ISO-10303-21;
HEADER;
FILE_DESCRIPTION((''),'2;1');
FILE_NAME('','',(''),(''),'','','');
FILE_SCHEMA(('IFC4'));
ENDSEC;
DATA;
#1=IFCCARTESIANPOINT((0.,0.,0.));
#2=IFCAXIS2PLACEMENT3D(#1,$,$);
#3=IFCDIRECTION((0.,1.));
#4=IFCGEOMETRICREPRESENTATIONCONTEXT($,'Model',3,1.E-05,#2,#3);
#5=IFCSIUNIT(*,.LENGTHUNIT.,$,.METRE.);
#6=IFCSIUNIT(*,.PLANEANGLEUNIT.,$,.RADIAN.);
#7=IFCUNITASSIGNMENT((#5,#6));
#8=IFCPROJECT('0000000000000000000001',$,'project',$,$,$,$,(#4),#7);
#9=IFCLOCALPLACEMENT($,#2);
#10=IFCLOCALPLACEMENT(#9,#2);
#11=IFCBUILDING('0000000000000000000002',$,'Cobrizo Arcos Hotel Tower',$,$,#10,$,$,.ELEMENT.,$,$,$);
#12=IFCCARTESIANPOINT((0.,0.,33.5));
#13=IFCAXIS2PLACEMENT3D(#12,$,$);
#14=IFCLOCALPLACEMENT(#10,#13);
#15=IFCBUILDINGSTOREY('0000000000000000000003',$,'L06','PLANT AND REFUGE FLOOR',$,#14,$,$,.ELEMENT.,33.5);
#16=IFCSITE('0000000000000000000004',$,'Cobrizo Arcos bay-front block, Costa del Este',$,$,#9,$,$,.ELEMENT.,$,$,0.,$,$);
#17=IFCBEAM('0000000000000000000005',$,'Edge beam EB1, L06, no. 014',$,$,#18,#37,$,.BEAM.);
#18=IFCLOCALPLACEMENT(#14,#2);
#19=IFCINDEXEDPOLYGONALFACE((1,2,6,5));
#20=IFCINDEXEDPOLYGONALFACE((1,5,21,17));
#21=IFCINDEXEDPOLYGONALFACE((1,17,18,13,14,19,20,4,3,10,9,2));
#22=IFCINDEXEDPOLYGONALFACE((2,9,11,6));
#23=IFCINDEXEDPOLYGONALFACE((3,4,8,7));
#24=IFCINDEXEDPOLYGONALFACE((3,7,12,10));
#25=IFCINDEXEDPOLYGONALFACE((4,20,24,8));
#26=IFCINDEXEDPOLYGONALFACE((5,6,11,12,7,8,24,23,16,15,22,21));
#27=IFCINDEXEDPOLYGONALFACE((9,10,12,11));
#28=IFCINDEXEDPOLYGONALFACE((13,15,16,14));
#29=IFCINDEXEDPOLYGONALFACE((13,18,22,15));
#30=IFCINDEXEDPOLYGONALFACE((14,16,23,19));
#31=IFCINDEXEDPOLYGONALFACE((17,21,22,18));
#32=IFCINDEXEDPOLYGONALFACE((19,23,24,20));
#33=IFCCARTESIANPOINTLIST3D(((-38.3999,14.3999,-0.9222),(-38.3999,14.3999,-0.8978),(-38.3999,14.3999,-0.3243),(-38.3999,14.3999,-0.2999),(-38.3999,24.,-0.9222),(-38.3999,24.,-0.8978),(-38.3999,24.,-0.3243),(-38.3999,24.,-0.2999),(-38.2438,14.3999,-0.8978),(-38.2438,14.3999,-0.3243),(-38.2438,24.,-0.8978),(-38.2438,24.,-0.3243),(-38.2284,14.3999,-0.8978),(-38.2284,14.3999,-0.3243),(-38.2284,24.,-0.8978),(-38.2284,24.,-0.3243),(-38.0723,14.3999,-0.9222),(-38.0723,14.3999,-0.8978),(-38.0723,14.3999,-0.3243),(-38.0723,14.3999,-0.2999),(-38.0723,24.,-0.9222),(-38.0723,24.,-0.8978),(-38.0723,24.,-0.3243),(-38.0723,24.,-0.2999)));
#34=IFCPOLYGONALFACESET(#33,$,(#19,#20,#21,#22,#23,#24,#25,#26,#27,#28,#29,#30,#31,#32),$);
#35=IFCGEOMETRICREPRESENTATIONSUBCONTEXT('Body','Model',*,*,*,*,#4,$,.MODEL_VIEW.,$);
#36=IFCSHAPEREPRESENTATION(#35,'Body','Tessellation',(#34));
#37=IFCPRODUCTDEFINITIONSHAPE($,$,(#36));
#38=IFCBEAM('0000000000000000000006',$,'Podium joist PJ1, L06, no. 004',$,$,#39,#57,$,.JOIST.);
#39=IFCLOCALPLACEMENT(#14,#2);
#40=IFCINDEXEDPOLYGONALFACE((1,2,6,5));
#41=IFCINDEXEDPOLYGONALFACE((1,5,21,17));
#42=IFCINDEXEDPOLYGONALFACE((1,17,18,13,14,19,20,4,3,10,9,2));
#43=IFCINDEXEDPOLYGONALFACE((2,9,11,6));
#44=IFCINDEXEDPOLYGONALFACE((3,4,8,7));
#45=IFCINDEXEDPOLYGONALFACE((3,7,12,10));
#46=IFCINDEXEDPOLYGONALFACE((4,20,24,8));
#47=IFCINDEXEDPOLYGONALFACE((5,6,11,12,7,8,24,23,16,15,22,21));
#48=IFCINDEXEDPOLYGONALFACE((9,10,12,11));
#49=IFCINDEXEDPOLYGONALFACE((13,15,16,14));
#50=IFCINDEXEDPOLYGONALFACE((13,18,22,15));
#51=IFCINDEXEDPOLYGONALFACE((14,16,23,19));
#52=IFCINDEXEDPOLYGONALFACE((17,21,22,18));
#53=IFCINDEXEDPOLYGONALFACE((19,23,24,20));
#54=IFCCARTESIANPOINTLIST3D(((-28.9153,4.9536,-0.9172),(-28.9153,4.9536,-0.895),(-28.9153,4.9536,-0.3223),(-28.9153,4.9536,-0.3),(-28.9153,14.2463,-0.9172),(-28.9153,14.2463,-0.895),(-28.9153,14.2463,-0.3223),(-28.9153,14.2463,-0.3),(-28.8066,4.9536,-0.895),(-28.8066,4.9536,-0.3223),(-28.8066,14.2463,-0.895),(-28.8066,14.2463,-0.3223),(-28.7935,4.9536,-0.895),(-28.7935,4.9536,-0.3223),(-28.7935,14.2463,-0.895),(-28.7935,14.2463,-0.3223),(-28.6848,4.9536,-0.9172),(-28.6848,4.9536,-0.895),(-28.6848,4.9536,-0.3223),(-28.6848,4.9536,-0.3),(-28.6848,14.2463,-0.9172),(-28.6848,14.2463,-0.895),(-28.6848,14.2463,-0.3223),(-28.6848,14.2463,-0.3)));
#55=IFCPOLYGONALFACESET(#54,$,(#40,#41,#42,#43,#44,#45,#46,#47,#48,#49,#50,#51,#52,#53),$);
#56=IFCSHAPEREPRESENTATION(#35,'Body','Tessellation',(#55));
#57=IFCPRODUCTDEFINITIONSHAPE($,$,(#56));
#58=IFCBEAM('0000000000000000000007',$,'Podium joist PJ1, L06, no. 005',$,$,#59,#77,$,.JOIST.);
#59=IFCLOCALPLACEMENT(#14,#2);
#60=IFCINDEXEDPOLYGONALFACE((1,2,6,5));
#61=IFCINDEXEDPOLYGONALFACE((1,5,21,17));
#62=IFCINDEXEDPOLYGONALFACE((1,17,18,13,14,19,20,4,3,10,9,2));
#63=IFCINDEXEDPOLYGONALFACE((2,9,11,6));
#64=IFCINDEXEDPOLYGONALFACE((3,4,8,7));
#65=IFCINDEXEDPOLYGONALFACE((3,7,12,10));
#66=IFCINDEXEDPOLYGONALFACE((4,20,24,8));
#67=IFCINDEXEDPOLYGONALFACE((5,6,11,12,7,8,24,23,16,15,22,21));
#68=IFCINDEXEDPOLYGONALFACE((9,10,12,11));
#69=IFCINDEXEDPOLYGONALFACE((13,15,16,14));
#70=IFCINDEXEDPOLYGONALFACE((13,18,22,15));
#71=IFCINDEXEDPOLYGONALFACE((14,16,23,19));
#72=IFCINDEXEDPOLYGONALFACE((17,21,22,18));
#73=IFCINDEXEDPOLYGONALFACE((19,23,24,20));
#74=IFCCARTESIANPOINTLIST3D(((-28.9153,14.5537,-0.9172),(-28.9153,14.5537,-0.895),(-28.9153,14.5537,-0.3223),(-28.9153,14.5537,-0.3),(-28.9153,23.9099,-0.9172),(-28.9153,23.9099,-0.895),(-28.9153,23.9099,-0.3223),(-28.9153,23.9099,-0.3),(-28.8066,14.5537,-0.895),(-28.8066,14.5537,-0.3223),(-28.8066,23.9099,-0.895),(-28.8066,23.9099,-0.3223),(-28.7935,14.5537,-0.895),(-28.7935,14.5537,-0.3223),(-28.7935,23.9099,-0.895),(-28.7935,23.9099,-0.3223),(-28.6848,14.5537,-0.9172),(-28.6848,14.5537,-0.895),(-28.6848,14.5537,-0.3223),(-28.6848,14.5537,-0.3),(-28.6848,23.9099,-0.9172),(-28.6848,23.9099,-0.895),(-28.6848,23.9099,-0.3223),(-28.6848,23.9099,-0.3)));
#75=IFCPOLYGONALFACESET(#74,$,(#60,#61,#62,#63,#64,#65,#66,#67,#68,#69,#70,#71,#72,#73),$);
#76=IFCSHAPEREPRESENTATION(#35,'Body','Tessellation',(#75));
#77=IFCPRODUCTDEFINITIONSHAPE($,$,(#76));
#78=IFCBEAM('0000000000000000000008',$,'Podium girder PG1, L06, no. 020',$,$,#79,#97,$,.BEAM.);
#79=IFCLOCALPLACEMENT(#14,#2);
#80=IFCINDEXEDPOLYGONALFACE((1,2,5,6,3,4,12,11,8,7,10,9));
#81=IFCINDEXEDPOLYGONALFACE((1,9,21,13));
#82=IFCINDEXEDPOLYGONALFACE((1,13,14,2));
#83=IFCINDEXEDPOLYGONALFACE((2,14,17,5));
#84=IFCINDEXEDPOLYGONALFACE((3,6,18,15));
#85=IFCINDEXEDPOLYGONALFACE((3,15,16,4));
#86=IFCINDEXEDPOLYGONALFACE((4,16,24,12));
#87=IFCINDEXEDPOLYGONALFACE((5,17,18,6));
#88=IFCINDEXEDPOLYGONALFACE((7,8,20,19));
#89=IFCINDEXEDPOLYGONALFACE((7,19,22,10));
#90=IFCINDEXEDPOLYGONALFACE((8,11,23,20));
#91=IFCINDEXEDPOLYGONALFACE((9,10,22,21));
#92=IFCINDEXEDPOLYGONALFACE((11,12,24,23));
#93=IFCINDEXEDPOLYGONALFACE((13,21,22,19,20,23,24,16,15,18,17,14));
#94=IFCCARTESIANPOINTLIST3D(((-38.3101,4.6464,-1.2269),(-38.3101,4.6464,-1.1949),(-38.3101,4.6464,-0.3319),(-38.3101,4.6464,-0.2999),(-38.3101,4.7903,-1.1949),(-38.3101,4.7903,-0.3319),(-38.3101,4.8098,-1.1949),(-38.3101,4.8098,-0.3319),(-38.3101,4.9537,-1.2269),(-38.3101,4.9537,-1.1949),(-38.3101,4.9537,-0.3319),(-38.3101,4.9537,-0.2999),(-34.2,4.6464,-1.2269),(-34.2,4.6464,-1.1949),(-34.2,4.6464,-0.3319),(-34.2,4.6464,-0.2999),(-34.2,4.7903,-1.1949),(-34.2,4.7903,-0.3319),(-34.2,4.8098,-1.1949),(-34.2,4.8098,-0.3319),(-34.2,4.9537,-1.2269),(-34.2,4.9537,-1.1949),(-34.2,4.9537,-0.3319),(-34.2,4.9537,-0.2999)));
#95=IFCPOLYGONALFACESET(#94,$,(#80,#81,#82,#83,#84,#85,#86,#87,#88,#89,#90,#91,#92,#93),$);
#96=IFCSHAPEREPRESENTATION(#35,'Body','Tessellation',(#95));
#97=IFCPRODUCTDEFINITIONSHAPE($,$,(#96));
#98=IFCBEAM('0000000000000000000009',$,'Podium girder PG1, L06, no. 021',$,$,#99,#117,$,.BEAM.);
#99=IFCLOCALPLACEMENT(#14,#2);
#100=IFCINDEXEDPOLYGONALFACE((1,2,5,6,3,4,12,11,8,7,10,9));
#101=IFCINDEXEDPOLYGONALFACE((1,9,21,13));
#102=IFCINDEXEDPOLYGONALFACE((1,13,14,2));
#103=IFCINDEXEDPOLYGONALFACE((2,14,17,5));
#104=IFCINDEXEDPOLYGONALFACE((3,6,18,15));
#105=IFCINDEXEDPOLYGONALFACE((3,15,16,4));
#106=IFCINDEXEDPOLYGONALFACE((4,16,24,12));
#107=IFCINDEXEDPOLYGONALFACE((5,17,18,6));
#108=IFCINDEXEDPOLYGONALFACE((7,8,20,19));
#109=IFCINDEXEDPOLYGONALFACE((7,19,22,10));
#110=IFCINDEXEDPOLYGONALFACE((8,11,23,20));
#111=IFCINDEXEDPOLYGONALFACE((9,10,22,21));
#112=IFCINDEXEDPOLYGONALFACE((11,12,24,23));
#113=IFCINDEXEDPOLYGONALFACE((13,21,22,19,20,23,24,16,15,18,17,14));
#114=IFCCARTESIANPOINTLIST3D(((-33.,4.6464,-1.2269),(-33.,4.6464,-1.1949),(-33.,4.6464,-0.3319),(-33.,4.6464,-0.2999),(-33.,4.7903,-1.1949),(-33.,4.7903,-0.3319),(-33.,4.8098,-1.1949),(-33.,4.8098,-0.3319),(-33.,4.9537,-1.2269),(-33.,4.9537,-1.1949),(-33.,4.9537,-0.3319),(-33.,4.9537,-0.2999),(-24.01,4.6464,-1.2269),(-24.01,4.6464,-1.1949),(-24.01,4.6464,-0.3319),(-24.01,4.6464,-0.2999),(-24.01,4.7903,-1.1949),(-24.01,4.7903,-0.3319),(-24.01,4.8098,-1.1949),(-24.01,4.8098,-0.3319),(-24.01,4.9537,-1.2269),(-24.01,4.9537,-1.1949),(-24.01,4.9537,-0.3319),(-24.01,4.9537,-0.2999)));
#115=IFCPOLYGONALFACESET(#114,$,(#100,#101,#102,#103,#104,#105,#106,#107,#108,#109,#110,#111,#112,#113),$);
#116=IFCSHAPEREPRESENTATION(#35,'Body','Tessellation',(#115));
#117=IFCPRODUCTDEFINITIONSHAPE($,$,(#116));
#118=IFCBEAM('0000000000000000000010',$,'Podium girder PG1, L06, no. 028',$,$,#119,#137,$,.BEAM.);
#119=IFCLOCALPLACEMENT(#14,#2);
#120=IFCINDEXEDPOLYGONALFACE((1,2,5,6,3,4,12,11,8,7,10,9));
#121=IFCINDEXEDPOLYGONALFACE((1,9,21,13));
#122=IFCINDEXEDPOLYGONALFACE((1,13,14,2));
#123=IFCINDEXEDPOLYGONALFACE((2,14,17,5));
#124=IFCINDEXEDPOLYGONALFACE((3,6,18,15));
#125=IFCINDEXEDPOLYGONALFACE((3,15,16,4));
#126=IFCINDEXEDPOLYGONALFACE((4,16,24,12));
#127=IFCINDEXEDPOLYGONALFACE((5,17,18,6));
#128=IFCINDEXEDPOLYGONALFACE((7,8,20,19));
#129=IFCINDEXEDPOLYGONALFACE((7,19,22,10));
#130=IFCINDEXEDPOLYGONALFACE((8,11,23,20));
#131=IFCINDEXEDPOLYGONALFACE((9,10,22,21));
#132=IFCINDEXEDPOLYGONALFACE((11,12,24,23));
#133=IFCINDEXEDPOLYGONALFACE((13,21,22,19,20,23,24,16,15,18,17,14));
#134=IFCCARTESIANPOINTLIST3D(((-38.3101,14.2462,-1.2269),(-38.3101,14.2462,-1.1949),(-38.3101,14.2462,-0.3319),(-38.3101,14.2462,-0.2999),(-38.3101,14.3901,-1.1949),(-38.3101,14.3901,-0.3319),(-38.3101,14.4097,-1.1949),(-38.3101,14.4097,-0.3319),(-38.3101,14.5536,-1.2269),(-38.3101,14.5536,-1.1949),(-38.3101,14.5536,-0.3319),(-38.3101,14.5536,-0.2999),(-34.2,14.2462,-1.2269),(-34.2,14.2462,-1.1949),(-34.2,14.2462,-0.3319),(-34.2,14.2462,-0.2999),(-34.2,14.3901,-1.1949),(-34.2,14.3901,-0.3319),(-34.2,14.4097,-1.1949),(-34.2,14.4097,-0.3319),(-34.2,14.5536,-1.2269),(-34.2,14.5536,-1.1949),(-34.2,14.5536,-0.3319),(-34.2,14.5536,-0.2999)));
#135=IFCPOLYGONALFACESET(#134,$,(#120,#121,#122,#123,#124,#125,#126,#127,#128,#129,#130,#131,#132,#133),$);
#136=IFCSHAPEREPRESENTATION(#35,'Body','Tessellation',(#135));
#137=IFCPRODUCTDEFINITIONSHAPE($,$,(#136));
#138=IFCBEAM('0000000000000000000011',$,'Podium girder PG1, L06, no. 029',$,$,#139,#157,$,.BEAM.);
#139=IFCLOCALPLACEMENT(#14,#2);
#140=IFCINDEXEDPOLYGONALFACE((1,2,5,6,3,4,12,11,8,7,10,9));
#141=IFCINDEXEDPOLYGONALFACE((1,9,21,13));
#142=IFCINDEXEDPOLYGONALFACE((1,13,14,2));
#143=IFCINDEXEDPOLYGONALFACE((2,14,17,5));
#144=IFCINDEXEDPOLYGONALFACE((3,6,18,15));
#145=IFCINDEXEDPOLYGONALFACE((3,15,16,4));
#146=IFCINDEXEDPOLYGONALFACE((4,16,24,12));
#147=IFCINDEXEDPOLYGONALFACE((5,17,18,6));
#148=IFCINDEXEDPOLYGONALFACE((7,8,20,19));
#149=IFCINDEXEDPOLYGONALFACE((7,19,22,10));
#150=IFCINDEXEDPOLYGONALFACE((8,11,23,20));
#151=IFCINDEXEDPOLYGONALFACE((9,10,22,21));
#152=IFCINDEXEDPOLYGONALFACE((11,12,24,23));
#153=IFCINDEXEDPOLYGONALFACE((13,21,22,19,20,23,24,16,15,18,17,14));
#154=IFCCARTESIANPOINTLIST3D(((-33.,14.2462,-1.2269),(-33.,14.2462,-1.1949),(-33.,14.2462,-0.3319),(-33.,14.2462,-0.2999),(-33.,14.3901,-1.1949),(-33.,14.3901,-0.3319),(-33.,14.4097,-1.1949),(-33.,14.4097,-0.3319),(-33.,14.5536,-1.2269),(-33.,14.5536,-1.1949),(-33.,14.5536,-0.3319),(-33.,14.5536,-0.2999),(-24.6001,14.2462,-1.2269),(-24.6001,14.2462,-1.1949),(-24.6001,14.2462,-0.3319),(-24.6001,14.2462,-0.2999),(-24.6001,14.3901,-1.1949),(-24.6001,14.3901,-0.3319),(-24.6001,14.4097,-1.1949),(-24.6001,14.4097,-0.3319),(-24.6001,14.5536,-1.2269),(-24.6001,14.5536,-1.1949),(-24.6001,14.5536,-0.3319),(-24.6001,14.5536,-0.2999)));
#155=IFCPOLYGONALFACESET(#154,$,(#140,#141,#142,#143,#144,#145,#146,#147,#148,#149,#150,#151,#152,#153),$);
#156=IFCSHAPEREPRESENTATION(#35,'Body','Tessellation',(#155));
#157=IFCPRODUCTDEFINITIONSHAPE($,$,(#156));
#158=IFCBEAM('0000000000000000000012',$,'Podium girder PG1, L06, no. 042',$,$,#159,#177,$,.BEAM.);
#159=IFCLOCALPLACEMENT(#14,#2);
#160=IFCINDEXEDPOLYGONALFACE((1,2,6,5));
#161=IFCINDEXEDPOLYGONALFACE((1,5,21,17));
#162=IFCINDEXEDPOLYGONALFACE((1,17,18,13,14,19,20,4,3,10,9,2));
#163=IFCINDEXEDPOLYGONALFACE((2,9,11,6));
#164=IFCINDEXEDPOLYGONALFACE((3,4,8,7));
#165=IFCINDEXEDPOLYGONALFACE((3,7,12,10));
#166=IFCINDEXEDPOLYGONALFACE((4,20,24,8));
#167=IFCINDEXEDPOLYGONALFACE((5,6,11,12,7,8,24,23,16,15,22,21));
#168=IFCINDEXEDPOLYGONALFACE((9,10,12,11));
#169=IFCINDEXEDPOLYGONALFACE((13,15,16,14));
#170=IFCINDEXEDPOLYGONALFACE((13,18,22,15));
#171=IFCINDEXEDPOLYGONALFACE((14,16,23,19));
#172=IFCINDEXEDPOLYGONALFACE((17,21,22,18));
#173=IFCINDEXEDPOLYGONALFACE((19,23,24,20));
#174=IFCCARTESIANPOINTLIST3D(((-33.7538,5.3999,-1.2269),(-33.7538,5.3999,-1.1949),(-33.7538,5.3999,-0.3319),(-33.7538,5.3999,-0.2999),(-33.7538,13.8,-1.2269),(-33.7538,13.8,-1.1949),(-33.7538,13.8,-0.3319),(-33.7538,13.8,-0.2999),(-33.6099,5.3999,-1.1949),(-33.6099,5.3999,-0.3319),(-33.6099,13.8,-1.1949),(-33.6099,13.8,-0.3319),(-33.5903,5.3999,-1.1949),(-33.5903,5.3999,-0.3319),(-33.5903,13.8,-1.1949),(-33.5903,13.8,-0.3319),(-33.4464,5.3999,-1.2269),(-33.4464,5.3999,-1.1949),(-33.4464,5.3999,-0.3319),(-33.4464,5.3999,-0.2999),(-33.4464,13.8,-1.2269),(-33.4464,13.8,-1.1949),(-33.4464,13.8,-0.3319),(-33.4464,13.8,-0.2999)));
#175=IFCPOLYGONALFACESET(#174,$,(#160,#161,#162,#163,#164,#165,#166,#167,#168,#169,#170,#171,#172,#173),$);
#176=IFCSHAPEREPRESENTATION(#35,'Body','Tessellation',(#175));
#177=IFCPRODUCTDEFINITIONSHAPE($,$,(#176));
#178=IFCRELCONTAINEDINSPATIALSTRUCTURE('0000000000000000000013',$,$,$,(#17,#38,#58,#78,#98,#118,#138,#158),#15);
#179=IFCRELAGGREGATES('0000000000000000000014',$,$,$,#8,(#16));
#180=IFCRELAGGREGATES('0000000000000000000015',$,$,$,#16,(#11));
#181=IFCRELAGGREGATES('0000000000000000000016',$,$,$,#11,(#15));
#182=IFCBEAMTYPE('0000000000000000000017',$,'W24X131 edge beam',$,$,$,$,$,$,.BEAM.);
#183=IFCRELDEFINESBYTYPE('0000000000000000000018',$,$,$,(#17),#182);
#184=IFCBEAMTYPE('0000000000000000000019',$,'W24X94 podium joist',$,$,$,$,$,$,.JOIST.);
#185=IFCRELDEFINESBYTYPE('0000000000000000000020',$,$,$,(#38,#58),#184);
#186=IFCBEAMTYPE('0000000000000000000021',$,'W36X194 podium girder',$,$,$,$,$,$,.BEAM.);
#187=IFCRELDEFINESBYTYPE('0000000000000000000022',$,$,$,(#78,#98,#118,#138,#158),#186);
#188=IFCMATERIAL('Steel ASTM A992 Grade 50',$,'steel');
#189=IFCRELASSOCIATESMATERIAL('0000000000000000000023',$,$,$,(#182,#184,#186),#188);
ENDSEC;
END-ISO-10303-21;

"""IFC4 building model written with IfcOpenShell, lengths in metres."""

from ifc_helpers import new_model, si_unit, direction, frame, origin, origin_2d, place, context, subcontext, project, spatial, i_section, extrude, material, material_profile, profile_set, type_object, element, save


model = new_model("IFC4")

# Units and contexts
model_context = context("Model", 3, precision=1e-05, world=origin(), true_north=direction((0.0, 1.0)))
body_context = subcontext(model_context, "Body", "Model", "MODEL_VIEW")
ifc_project = project(units=[si_unit("LENGTHUNIT", "METRE"), si_unit("PLANEANGLEUNIT", "RADIAN")], contexts=[model_context])

# Site, building, storey
site_placement = place(None, origin())
site = spatial("IfcSite", under=ifc_project, at=site_placement, Name="Cobrizo Arcos bay-front block, Costa del Este", CompositionType="ELEMENT", RefElevation=0.0)
building_placement = place(site_placement, origin())
building = spatial("IfcBuilding", under=site, at=building_placement, Name="Cobrizo Arcos Hotel Tower", CompositionType="ELEMENT")
storey_placement = place(building_placement, frame((0.0, 0.0, 33.5)))
storey = spatial("IfcBuildingStorey", under=building, at=storey_placement, Name="L06", Description="PLANT AND REFUGE FLOOR", CompositionType="ELEMENT", Elevation=33.5)

# Beams
ifc_material_1 = material(Name="Steel ASTM A992 Grade 50", Category="steel")
ifc_material_profile_1 = material_profile(ifc_material_1, i_section(OverallWidth=0.3276, OverallDepth=0.6223, WebThickness=0.0154, FlangeThickness=0.0244, at=origin_2d()), Name="W24X131")
ifc_profile_set_1 = profile_set([ifc_material_profile_1], Name="Steel ASTM A992 Grade 50")
beam_type_1 = type_object("IfcBeamType", Name="W24X131 edge beam", PredefinedType="BEAM", material=ifc_profile_set_1)
beam_1_placement = place(storey_placement, frame((-38.2361, 14.3999, -0.6111), z_axis=(0.0, 1.0, 0.0), x_axis=(-1.0, 0.0, 0.0)))
element("IfcBeam", 1, at=beam_1_placement, inside=storey, type_object=beam_type_1, Name="Edge beam EB1, L06, no. 014", PredefinedType="BEAM", context=body_context, shape_type="SweptSolid", body=[
    extrude(i_section(OverallWidth=0.3276, OverallDepth=0.6223, WebThickness=0.0154, FlangeThickness=0.0244, at=origin_2d()), origin(), (0.0, 0.0, 1.0), 9.6001),
])
ifc_material_profile_2 = material_profile(ifc_material_1, i_section(OverallWidth=0.2305, OverallDepth=0.6172, WebThickness=0.0132, FlangeThickness=0.0222, at=origin_2d()), Name="W24X94")
ifc_profile_set_2 = profile_set([ifc_material_profile_2], Name="Steel ASTM A992 Grade 50")
beam_type_2 = type_object("IfcBeamType", Name="W24X94 podium joist", PredefinedType="JOIST", material=ifc_profile_set_2)
beam_2_placement = place(storey_placement, frame((-28.8, 4.9536, -0.6086), z_axis=(0.0, 1.0, 0.0), x_axis=(-1.0, 0.0, 0.0)))
element("IfcBeam", 2, at=beam_2_placement, inside=storey, type_object=beam_type_2, Name="Podium joist PJ1, L06, no. 004", PredefinedType="JOIST", context=body_context, shape_type="SweptSolid", body=[
    extrude(i_section(OverallWidth=0.2305, OverallDepth=0.6172, WebThickness=0.0132, FlangeThickness=0.0222, at=origin_2d()), origin(), (0.0, 0.0, 1.0), 9.2927),
])
beam_3_placement = place(storey_placement, frame((-28.8, 14.5537, -0.6086), z_axis=(0.0, 1.0, 0.0), x_axis=(-1.0, 0.0, 0.0)))
element("IfcBeam", 3, at=beam_3_placement, inside=storey, type_object=beam_type_2, Name="Podium joist PJ1, L06, no. 005", PredefinedType="JOIST", context=body_context, shape_type="SweptSolid", body=[
    extrude(i_section(OverallWidth=0.2305, OverallDepth=0.6172, WebThickness=0.0132, FlangeThickness=0.0222, at=origin_2d()), origin(), (0.0, 0.0, 1.0), 9.3562),
])
ifc_material_profile_3 = material_profile(ifc_material_1, i_section(OverallWidth=0.3074, OverallDepth=0.927, WebThickness=0.0195, FlangeThickness=0.032, at=origin_2d()), Name="W36X194")
ifc_profile_set_3 = profile_set([ifc_material_profile_3], Name="Steel ASTM A992 Grade 50")
beam_type_3 = type_object("IfcBeamType", Name="W36X194 podium girder", PredefinedType="BEAM", material=ifc_profile_set_3)
beam_4_placement = place(storey_placement, frame((-38.3101, 4.8, -0.7634), z_axis=(1.0, 0.0, 0.0), x_axis=(0.0, 1.0, 0.0)))
element("IfcBeam", 4, at=beam_4_placement, inside=storey, type_object=beam_type_3, Name="Podium girder PG1, L06, no. 020", PredefinedType="BEAM", context=body_context, shape_type="SweptSolid", body=[
    extrude(i_section(OverallWidth=0.3074, OverallDepth=0.927, WebThickness=0.0195, FlangeThickness=0.032, at=origin_2d()), origin(), (0.0, 0.0, 1.0), 4.1101),
])
beam_5_placement = place(storey_placement, frame((-33.0, 4.8, -0.7634), z_axis=(1.0, 0.0, 0.0), x_axis=(0.0, 1.0, 0.0)))
element("IfcBeam", 5, at=beam_5_placement, inside=storey, type_object=beam_type_3, Name="Podium girder PG1, L06, no. 021", PredefinedType="BEAM", context=body_context, shape_type="SweptSolid", body=[
    extrude(i_section(OverallWidth=0.3074, OverallDepth=0.927, WebThickness=0.0195, FlangeThickness=0.032, at=origin_2d()), origin(), (0.0, 0.0, 1.0), 8.99),
])
beam_6_placement = place(storey_placement, frame((-38.3101, 14.3999, -0.7634), z_axis=(1.0, 0.0, 0.0), x_axis=(0.0, 1.0, 0.0)))
element("IfcBeam", 6, at=beam_6_placement, inside=storey, type_object=beam_type_3, Name="Podium girder PG1, L06, no. 028", PredefinedType="BEAM", context=body_context, shape_type="SweptSolid", body=[
    extrude(i_section(OverallWidth=0.3074, OverallDepth=0.927, WebThickness=0.0195, FlangeThickness=0.032, at=origin_2d()), origin(), (0.0, 0.0, 1.0), 4.1101),
])
beam_7_placement = place(storey_placement, frame((-33.0, 14.3999, -0.7634), z_axis=(1.0, 0.0, 0.0), x_axis=(0.0, 1.0, 0.0)))
element("IfcBeam", 7, at=beam_7_placement, inside=storey, type_object=beam_type_3, Name="Podium girder PG1, L06, no. 029", PredefinedType="BEAM", context=body_context, shape_type="SweptSolid", body=[
    extrude(i_section(OverallWidth=0.3074, OverallDepth=0.927, WebThickness=0.0195, FlangeThickness=0.032, at=origin_2d()), origin(), (0.0, 0.0, 1.0), 8.3999),
])
beam_8_placement = place(storey_placement, frame((-33.6001, 5.3999, -0.7634), z_axis=(0.0, 1.0, 0.0), x_axis=(-1.0, 0.0, 0.0)))
element("IfcBeam", 8, at=beam_8_placement, inside=storey, type_object=beam_type_3, Name="Podium girder PG1, L06, no. 042", PredefinedType="BEAM", context=body_context, shape_type="SweptSolid", body=[
    extrude(i_section(OverallWidth=0.3074, OverallDepth=0.927, WebThickness=0.0195, FlangeThickness=0.032, at=origin_2d()), origin(), (0.0, 0.0, 1.0), 8.4001),
])

save(model, "model.ifc")
